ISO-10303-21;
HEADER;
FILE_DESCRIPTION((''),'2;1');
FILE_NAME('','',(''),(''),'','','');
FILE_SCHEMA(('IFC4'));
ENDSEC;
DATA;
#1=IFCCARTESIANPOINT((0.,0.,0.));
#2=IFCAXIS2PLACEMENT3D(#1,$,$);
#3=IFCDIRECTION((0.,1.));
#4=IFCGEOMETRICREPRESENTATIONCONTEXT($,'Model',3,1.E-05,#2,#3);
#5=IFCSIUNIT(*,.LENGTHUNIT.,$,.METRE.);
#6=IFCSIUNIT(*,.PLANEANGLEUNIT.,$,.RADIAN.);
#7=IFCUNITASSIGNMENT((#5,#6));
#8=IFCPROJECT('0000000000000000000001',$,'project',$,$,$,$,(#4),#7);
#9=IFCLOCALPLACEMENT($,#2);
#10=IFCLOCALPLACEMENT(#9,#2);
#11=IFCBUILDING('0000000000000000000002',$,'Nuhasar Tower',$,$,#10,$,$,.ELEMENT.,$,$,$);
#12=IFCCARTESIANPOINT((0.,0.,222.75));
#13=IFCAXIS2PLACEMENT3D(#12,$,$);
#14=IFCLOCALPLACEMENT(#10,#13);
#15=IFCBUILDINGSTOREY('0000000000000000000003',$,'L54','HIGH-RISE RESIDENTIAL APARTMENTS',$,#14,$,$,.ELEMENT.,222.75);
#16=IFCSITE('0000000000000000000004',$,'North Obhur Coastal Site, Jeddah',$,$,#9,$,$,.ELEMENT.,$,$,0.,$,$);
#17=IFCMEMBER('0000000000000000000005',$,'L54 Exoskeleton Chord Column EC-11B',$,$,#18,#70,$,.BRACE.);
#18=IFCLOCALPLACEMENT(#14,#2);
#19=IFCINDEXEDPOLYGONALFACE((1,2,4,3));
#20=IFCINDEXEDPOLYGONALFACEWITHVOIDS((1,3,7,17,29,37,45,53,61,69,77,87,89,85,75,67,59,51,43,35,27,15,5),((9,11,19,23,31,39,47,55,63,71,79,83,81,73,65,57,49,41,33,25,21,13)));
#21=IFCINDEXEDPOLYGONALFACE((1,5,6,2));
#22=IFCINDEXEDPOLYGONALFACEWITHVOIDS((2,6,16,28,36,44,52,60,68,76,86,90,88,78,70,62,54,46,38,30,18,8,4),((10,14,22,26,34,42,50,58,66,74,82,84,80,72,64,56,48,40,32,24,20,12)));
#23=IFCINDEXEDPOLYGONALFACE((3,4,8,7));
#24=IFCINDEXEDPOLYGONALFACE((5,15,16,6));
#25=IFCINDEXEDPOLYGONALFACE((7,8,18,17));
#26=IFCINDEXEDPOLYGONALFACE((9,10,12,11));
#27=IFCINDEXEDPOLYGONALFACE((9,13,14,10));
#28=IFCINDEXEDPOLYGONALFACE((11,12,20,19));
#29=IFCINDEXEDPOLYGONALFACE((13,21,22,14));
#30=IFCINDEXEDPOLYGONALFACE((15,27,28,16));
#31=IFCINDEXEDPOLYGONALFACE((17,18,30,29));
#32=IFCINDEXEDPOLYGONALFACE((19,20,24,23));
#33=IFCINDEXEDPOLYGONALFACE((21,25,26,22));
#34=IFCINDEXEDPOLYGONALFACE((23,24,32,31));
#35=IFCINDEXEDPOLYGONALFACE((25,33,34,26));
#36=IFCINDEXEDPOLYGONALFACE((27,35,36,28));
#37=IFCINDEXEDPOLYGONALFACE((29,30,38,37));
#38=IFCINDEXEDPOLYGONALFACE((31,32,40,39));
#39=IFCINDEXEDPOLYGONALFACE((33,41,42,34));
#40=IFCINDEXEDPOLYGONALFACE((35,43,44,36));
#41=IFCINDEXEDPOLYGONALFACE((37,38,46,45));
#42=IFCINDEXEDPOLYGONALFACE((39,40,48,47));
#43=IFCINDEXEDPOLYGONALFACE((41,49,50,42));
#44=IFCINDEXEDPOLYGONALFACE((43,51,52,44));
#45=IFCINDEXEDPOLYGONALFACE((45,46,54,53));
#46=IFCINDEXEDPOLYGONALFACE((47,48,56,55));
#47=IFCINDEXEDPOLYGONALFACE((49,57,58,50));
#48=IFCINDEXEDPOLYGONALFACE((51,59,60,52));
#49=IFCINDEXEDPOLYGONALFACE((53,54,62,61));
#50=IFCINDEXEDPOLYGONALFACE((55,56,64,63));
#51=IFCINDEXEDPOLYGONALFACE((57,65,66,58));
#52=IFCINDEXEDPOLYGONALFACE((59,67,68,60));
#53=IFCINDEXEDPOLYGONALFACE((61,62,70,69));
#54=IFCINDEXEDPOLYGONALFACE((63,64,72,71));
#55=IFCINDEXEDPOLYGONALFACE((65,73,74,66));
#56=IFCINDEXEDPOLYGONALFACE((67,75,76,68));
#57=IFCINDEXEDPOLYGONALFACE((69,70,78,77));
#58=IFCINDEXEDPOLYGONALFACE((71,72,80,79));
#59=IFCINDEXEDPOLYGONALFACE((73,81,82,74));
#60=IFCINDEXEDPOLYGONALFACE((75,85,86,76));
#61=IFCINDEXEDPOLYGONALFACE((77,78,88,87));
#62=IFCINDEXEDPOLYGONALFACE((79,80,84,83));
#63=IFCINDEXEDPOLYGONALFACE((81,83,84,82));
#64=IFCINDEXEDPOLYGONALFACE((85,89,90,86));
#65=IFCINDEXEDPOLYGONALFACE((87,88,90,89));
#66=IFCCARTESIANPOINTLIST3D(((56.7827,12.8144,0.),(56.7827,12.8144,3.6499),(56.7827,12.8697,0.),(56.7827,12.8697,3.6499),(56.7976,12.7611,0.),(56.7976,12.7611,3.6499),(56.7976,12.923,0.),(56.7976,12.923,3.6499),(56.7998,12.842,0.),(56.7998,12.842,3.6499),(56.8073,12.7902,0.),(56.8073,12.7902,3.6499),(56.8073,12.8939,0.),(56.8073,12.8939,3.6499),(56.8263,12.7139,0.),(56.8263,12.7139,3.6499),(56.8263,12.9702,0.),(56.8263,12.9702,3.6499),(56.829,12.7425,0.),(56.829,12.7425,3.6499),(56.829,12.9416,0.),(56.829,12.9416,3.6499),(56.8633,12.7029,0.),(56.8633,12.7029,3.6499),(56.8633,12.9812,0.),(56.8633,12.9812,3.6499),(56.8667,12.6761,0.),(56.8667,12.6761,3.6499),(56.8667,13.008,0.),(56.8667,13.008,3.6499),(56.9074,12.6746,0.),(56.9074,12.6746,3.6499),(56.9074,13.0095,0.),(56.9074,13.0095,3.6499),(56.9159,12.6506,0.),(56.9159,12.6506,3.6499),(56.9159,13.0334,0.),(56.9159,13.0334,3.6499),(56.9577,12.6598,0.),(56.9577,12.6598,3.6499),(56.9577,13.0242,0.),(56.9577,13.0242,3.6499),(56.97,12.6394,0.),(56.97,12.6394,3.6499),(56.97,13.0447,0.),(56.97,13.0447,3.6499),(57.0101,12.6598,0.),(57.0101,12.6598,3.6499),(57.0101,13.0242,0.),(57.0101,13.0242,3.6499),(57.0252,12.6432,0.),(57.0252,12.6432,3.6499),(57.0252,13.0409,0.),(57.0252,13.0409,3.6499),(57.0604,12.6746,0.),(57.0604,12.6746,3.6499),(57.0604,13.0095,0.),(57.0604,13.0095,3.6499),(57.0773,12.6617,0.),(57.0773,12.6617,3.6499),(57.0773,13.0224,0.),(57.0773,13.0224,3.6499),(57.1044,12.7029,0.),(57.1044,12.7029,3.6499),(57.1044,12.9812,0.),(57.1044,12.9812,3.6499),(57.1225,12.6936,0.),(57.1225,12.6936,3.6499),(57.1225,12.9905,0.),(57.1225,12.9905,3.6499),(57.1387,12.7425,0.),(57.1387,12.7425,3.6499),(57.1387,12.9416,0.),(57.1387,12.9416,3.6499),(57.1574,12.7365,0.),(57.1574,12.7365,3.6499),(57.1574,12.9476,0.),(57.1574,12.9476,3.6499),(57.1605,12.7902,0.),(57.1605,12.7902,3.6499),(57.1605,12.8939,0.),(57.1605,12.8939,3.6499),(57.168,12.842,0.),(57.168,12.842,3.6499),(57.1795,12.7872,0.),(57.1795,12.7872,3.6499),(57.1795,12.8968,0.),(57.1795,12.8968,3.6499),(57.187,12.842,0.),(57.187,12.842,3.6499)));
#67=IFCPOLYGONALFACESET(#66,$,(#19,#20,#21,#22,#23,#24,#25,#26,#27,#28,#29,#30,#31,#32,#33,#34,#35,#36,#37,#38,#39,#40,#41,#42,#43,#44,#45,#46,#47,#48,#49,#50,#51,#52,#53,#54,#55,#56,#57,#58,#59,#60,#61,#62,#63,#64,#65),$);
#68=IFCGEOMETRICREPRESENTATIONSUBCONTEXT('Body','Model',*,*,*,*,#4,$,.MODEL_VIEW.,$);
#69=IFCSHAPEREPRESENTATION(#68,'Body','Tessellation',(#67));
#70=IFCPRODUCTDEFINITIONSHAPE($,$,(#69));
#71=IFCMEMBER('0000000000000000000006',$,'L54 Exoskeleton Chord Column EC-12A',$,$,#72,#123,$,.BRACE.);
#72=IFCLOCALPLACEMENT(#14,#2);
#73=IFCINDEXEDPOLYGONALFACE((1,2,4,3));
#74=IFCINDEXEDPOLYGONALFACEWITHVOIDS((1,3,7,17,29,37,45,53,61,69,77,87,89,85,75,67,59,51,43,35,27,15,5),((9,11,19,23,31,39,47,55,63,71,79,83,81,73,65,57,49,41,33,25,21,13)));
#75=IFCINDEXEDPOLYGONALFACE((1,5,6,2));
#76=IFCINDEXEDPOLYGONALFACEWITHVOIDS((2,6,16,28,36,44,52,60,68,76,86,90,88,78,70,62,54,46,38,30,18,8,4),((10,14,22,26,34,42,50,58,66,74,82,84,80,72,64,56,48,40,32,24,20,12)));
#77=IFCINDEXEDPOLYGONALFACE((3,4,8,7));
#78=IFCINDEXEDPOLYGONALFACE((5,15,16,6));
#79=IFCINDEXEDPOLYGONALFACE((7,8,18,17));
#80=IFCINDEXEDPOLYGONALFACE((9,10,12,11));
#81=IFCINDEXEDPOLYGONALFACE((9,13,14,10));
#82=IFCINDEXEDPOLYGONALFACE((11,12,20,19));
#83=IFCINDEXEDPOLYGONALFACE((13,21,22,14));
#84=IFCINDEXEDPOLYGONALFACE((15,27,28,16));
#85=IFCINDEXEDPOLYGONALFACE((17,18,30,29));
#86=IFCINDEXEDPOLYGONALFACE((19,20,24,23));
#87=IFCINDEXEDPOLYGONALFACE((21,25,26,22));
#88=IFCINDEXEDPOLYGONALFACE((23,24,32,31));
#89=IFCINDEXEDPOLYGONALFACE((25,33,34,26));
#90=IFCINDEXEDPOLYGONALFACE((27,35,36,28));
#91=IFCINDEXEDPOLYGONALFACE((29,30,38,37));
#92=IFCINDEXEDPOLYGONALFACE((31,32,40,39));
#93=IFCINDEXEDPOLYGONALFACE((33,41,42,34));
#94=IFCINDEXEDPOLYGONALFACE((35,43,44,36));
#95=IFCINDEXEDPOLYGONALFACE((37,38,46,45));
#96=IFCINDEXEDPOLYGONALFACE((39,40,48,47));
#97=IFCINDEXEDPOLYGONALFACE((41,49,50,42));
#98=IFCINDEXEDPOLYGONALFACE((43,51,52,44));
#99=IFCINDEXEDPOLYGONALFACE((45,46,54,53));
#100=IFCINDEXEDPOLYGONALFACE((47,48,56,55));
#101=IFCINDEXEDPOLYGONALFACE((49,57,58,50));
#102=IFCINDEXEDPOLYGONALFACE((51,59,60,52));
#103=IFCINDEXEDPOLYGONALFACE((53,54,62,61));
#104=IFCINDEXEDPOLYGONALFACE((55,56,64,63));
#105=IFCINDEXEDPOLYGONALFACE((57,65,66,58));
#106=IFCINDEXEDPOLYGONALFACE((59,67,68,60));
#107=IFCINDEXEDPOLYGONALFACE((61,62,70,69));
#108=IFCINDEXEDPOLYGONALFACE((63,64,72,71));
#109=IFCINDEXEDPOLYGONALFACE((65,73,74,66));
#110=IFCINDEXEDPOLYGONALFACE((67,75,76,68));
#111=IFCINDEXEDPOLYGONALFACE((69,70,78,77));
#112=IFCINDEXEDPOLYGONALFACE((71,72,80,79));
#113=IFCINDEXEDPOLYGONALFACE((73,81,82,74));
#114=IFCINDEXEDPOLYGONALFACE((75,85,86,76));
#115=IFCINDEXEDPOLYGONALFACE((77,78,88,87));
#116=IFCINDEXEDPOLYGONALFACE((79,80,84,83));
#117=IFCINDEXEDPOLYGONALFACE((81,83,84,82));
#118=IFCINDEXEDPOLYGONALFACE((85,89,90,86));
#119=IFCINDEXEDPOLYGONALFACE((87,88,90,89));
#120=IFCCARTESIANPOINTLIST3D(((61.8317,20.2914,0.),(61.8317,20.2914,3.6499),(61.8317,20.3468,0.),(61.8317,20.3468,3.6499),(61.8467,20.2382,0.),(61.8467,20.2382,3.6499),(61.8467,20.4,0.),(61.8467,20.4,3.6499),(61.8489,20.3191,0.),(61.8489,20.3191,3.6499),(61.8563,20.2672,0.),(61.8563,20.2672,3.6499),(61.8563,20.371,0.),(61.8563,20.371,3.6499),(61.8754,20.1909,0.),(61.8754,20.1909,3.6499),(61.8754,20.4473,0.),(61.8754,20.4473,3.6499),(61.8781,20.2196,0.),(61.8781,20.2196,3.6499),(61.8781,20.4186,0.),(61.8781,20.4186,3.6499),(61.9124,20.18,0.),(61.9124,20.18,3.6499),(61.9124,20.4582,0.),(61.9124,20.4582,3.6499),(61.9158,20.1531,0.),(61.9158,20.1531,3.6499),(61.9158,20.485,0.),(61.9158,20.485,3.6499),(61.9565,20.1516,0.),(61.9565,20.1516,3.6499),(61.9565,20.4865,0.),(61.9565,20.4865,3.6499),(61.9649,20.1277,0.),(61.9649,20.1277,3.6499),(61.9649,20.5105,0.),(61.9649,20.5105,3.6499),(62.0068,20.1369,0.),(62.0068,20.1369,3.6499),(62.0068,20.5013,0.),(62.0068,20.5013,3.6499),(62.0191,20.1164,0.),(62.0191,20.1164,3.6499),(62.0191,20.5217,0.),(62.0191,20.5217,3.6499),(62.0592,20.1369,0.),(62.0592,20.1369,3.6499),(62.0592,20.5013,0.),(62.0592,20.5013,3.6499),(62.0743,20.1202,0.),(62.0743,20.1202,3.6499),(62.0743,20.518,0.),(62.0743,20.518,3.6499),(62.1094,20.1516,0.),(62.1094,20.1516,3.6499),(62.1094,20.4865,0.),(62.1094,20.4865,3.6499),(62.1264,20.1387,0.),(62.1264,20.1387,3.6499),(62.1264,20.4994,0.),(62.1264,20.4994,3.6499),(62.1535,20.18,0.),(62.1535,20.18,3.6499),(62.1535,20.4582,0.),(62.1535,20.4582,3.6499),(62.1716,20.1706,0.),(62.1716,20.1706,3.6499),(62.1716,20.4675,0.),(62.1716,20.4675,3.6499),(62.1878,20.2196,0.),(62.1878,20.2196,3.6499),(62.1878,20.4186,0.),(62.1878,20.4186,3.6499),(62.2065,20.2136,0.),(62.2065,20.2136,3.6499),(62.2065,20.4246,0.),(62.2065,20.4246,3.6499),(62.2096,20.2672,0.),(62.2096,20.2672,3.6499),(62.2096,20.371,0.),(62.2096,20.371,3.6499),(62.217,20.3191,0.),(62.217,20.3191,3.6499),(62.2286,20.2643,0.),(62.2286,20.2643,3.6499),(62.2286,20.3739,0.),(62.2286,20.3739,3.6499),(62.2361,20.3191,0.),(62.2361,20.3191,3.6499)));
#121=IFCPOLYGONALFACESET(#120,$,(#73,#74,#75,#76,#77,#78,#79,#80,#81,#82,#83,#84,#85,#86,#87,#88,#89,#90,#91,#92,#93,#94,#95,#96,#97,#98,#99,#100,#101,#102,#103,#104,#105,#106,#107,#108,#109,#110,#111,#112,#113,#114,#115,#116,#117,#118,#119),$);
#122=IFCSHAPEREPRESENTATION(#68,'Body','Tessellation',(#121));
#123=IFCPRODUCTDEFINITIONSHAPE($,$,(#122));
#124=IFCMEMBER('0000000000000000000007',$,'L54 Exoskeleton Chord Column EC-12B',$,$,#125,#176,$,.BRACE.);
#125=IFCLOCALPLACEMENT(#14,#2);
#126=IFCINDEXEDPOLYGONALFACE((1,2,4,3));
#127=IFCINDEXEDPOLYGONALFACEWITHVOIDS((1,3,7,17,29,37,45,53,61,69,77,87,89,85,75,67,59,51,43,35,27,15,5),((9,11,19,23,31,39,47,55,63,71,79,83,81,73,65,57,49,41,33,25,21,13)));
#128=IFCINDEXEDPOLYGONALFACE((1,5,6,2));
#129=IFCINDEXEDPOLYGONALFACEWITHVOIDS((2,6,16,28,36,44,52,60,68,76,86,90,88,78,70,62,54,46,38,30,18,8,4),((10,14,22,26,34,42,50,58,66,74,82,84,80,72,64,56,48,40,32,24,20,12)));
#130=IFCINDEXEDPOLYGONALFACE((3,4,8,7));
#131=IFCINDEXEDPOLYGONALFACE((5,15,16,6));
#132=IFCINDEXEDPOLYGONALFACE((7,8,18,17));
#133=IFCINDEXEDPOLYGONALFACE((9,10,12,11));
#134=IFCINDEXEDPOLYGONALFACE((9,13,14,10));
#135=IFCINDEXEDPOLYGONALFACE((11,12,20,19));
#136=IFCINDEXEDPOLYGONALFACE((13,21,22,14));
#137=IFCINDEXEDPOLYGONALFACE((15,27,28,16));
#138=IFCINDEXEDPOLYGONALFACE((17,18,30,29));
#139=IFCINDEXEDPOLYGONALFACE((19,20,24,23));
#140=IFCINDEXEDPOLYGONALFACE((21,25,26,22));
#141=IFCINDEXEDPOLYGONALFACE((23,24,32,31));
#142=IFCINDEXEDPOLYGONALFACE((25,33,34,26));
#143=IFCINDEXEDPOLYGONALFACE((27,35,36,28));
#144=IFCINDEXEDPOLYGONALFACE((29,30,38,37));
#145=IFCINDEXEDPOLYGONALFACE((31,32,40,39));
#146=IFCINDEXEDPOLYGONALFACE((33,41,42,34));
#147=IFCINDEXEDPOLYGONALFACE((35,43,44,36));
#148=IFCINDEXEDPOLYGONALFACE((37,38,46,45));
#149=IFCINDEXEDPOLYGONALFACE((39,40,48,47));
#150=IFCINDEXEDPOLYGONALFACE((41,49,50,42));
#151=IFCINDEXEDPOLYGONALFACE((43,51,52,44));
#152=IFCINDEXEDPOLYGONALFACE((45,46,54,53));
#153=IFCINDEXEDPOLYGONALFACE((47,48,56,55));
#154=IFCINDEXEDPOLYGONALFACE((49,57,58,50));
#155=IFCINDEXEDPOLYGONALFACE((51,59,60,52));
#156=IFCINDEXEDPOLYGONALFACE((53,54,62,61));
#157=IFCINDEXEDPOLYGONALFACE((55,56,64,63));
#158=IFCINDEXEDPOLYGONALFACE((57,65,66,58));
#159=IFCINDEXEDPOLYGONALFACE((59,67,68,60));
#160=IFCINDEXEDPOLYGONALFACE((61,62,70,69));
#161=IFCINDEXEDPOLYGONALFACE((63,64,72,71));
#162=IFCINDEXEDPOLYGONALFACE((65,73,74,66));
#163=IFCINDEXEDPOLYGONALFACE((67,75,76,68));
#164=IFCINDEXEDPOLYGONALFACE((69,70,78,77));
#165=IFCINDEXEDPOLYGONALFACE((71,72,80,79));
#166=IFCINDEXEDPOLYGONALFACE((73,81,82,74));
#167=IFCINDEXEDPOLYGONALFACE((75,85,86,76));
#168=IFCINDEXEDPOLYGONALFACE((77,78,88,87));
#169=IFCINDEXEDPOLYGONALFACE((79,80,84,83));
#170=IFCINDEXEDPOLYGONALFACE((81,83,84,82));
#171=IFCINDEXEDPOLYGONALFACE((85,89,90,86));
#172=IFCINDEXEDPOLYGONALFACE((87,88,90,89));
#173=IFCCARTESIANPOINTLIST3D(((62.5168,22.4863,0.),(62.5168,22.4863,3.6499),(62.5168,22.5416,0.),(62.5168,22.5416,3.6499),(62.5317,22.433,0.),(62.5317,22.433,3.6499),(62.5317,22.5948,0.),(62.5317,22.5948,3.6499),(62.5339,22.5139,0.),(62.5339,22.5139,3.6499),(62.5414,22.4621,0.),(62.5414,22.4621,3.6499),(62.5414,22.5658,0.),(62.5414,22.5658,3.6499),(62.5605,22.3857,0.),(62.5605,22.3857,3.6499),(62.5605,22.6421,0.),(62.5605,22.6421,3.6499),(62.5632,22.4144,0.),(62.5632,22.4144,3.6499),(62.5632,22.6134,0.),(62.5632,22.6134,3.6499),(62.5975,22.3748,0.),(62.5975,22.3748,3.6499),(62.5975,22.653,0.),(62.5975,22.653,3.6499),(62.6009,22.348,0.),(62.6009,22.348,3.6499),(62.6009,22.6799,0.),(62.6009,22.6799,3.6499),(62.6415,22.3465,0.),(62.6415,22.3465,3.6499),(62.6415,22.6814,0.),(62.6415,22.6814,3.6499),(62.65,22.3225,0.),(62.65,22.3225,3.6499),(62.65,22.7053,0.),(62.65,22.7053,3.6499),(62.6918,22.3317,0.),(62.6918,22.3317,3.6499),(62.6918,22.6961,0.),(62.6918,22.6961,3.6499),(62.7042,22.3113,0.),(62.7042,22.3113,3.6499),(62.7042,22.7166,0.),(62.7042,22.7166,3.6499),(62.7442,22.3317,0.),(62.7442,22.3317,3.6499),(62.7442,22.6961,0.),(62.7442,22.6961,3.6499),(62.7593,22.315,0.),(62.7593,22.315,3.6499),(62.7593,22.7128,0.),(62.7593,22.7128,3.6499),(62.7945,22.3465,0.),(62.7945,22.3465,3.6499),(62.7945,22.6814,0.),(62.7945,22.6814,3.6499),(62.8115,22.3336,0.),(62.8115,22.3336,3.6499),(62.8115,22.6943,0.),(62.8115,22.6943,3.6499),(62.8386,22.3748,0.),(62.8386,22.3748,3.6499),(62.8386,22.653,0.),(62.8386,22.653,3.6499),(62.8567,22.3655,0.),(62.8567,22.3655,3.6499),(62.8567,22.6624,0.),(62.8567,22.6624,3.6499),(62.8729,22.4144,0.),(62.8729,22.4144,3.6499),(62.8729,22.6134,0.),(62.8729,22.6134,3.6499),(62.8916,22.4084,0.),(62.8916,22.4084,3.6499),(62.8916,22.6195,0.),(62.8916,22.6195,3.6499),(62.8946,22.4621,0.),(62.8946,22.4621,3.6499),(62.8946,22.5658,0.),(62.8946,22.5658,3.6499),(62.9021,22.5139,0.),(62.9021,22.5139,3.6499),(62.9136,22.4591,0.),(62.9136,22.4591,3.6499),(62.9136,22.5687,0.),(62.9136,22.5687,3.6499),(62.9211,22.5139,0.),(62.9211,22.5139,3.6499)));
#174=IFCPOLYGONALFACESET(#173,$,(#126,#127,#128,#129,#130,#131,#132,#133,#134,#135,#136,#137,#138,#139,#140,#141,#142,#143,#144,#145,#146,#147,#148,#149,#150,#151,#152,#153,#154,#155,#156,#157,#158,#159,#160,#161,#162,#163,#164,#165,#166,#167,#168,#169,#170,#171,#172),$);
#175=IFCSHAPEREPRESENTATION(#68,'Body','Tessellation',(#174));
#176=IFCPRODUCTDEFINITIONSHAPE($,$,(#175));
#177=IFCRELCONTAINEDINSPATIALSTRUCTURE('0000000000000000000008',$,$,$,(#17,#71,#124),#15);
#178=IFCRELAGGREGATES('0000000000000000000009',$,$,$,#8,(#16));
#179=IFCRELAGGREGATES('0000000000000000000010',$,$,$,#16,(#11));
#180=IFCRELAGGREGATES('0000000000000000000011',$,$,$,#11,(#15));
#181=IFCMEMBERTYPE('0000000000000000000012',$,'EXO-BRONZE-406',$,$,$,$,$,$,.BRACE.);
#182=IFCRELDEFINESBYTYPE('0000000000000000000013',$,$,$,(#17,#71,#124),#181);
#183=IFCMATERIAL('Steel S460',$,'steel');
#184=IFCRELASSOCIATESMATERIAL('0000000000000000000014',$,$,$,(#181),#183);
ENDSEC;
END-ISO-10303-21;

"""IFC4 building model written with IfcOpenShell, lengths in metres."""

from ifc_helpers import new_model, si_unit, direction, frame, origin, origin_2d, place, context, subcontext, project, spatial, hollow_circle, extrude, material, material_profile, profile_set, type_object, element, save


model = new_model("IFC4")

# Units and contexts
model_context = context("Model", 3, precision=1e-05, world=origin(), true_north=direction((0.0, 1.0)))
body_context = subcontext(model_context, "Body", "Model", "MODEL_VIEW")
ifc_project = project(units=[si_unit("LENGTHUNIT", "METRE"), si_unit("PLANEANGLEUNIT", "RADIAN")], contexts=[model_context])

# Site, building, storey
site_placement = place(None, origin())
site = spatial("IfcSite", under=ifc_project, at=site_placement, Name="North Obhur Coastal Site, Jeddah", CompositionType="ELEMENT", RefElevation=0.0)
building_placement = place(site_placement, origin())
building = spatial("IfcBuilding", under=site, at=building_placement, Name="Nuhasar Tower", CompositionType="ELEMENT")
storey_placement = place(building_placement, frame((0.0, 0.0, 222.75)))
storey = spatial("IfcBuildingStorey", under=building, at=storey_placement, Name="L54", Description="HIGH-RISE RESIDENTIAL APARTMENTS", CompositionType="ELEMENT", Elevation=222.75)

# Members
ifc_material_1 = material(Name="Steel S460", Category="steel")
ifc_material_profile_1 = material_profile(ifc_material_1, hollow_circle(Radius=0.2031, WallThickness=0.019, at=origin_2d()), Name="HSS406.4X19.1")
ifc_profile_set_1 = profile_set([ifc_material_profile_1], Name="Steel S460")
member_type_1 = type_object("IfcMemberType", Name="EXO-BRONZE-406", PredefinedType="BRACE", material=ifc_profile_set_1)
for number, where, z_axis, x_axis, name in (
    (1, (56.9839, 12.842, 0.0), (0.0, 0.0, 1.0), (1.0, 0.0, 0.0), "L54 Exoskeleton Chord Column EC-11B"),
    (2, (62.033, 20.3191, 0.0), (0.0, 0.0, 1.0), (1.0, 0.0, 0.0), "L54 Exoskeleton Chord Column EC-12A"),
    (3, (62.718, 22.5139, 0.0), (0.0, 0.0, 1.0), (1.0, 0.0, 0.0), "L54 Exoskeleton Chord Column EC-12B"),
):
    element("IfcMember", number, at=place(storey_placement, frame(where, z_axis=z_axis, x_axis=x_axis)), inside=storey, type_object=member_type_1, Name=name, PredefinedType="BRACE", context=body_context, shape_type="SweptSolid", body=[
        extrude(hollow_circle(Radius=0.2031, WallThickness=0.019, at=origin_2d()), origin(), (0.0, 0.0, 1.0), 3.6499),
    ])

save(model, "model.ifc")
